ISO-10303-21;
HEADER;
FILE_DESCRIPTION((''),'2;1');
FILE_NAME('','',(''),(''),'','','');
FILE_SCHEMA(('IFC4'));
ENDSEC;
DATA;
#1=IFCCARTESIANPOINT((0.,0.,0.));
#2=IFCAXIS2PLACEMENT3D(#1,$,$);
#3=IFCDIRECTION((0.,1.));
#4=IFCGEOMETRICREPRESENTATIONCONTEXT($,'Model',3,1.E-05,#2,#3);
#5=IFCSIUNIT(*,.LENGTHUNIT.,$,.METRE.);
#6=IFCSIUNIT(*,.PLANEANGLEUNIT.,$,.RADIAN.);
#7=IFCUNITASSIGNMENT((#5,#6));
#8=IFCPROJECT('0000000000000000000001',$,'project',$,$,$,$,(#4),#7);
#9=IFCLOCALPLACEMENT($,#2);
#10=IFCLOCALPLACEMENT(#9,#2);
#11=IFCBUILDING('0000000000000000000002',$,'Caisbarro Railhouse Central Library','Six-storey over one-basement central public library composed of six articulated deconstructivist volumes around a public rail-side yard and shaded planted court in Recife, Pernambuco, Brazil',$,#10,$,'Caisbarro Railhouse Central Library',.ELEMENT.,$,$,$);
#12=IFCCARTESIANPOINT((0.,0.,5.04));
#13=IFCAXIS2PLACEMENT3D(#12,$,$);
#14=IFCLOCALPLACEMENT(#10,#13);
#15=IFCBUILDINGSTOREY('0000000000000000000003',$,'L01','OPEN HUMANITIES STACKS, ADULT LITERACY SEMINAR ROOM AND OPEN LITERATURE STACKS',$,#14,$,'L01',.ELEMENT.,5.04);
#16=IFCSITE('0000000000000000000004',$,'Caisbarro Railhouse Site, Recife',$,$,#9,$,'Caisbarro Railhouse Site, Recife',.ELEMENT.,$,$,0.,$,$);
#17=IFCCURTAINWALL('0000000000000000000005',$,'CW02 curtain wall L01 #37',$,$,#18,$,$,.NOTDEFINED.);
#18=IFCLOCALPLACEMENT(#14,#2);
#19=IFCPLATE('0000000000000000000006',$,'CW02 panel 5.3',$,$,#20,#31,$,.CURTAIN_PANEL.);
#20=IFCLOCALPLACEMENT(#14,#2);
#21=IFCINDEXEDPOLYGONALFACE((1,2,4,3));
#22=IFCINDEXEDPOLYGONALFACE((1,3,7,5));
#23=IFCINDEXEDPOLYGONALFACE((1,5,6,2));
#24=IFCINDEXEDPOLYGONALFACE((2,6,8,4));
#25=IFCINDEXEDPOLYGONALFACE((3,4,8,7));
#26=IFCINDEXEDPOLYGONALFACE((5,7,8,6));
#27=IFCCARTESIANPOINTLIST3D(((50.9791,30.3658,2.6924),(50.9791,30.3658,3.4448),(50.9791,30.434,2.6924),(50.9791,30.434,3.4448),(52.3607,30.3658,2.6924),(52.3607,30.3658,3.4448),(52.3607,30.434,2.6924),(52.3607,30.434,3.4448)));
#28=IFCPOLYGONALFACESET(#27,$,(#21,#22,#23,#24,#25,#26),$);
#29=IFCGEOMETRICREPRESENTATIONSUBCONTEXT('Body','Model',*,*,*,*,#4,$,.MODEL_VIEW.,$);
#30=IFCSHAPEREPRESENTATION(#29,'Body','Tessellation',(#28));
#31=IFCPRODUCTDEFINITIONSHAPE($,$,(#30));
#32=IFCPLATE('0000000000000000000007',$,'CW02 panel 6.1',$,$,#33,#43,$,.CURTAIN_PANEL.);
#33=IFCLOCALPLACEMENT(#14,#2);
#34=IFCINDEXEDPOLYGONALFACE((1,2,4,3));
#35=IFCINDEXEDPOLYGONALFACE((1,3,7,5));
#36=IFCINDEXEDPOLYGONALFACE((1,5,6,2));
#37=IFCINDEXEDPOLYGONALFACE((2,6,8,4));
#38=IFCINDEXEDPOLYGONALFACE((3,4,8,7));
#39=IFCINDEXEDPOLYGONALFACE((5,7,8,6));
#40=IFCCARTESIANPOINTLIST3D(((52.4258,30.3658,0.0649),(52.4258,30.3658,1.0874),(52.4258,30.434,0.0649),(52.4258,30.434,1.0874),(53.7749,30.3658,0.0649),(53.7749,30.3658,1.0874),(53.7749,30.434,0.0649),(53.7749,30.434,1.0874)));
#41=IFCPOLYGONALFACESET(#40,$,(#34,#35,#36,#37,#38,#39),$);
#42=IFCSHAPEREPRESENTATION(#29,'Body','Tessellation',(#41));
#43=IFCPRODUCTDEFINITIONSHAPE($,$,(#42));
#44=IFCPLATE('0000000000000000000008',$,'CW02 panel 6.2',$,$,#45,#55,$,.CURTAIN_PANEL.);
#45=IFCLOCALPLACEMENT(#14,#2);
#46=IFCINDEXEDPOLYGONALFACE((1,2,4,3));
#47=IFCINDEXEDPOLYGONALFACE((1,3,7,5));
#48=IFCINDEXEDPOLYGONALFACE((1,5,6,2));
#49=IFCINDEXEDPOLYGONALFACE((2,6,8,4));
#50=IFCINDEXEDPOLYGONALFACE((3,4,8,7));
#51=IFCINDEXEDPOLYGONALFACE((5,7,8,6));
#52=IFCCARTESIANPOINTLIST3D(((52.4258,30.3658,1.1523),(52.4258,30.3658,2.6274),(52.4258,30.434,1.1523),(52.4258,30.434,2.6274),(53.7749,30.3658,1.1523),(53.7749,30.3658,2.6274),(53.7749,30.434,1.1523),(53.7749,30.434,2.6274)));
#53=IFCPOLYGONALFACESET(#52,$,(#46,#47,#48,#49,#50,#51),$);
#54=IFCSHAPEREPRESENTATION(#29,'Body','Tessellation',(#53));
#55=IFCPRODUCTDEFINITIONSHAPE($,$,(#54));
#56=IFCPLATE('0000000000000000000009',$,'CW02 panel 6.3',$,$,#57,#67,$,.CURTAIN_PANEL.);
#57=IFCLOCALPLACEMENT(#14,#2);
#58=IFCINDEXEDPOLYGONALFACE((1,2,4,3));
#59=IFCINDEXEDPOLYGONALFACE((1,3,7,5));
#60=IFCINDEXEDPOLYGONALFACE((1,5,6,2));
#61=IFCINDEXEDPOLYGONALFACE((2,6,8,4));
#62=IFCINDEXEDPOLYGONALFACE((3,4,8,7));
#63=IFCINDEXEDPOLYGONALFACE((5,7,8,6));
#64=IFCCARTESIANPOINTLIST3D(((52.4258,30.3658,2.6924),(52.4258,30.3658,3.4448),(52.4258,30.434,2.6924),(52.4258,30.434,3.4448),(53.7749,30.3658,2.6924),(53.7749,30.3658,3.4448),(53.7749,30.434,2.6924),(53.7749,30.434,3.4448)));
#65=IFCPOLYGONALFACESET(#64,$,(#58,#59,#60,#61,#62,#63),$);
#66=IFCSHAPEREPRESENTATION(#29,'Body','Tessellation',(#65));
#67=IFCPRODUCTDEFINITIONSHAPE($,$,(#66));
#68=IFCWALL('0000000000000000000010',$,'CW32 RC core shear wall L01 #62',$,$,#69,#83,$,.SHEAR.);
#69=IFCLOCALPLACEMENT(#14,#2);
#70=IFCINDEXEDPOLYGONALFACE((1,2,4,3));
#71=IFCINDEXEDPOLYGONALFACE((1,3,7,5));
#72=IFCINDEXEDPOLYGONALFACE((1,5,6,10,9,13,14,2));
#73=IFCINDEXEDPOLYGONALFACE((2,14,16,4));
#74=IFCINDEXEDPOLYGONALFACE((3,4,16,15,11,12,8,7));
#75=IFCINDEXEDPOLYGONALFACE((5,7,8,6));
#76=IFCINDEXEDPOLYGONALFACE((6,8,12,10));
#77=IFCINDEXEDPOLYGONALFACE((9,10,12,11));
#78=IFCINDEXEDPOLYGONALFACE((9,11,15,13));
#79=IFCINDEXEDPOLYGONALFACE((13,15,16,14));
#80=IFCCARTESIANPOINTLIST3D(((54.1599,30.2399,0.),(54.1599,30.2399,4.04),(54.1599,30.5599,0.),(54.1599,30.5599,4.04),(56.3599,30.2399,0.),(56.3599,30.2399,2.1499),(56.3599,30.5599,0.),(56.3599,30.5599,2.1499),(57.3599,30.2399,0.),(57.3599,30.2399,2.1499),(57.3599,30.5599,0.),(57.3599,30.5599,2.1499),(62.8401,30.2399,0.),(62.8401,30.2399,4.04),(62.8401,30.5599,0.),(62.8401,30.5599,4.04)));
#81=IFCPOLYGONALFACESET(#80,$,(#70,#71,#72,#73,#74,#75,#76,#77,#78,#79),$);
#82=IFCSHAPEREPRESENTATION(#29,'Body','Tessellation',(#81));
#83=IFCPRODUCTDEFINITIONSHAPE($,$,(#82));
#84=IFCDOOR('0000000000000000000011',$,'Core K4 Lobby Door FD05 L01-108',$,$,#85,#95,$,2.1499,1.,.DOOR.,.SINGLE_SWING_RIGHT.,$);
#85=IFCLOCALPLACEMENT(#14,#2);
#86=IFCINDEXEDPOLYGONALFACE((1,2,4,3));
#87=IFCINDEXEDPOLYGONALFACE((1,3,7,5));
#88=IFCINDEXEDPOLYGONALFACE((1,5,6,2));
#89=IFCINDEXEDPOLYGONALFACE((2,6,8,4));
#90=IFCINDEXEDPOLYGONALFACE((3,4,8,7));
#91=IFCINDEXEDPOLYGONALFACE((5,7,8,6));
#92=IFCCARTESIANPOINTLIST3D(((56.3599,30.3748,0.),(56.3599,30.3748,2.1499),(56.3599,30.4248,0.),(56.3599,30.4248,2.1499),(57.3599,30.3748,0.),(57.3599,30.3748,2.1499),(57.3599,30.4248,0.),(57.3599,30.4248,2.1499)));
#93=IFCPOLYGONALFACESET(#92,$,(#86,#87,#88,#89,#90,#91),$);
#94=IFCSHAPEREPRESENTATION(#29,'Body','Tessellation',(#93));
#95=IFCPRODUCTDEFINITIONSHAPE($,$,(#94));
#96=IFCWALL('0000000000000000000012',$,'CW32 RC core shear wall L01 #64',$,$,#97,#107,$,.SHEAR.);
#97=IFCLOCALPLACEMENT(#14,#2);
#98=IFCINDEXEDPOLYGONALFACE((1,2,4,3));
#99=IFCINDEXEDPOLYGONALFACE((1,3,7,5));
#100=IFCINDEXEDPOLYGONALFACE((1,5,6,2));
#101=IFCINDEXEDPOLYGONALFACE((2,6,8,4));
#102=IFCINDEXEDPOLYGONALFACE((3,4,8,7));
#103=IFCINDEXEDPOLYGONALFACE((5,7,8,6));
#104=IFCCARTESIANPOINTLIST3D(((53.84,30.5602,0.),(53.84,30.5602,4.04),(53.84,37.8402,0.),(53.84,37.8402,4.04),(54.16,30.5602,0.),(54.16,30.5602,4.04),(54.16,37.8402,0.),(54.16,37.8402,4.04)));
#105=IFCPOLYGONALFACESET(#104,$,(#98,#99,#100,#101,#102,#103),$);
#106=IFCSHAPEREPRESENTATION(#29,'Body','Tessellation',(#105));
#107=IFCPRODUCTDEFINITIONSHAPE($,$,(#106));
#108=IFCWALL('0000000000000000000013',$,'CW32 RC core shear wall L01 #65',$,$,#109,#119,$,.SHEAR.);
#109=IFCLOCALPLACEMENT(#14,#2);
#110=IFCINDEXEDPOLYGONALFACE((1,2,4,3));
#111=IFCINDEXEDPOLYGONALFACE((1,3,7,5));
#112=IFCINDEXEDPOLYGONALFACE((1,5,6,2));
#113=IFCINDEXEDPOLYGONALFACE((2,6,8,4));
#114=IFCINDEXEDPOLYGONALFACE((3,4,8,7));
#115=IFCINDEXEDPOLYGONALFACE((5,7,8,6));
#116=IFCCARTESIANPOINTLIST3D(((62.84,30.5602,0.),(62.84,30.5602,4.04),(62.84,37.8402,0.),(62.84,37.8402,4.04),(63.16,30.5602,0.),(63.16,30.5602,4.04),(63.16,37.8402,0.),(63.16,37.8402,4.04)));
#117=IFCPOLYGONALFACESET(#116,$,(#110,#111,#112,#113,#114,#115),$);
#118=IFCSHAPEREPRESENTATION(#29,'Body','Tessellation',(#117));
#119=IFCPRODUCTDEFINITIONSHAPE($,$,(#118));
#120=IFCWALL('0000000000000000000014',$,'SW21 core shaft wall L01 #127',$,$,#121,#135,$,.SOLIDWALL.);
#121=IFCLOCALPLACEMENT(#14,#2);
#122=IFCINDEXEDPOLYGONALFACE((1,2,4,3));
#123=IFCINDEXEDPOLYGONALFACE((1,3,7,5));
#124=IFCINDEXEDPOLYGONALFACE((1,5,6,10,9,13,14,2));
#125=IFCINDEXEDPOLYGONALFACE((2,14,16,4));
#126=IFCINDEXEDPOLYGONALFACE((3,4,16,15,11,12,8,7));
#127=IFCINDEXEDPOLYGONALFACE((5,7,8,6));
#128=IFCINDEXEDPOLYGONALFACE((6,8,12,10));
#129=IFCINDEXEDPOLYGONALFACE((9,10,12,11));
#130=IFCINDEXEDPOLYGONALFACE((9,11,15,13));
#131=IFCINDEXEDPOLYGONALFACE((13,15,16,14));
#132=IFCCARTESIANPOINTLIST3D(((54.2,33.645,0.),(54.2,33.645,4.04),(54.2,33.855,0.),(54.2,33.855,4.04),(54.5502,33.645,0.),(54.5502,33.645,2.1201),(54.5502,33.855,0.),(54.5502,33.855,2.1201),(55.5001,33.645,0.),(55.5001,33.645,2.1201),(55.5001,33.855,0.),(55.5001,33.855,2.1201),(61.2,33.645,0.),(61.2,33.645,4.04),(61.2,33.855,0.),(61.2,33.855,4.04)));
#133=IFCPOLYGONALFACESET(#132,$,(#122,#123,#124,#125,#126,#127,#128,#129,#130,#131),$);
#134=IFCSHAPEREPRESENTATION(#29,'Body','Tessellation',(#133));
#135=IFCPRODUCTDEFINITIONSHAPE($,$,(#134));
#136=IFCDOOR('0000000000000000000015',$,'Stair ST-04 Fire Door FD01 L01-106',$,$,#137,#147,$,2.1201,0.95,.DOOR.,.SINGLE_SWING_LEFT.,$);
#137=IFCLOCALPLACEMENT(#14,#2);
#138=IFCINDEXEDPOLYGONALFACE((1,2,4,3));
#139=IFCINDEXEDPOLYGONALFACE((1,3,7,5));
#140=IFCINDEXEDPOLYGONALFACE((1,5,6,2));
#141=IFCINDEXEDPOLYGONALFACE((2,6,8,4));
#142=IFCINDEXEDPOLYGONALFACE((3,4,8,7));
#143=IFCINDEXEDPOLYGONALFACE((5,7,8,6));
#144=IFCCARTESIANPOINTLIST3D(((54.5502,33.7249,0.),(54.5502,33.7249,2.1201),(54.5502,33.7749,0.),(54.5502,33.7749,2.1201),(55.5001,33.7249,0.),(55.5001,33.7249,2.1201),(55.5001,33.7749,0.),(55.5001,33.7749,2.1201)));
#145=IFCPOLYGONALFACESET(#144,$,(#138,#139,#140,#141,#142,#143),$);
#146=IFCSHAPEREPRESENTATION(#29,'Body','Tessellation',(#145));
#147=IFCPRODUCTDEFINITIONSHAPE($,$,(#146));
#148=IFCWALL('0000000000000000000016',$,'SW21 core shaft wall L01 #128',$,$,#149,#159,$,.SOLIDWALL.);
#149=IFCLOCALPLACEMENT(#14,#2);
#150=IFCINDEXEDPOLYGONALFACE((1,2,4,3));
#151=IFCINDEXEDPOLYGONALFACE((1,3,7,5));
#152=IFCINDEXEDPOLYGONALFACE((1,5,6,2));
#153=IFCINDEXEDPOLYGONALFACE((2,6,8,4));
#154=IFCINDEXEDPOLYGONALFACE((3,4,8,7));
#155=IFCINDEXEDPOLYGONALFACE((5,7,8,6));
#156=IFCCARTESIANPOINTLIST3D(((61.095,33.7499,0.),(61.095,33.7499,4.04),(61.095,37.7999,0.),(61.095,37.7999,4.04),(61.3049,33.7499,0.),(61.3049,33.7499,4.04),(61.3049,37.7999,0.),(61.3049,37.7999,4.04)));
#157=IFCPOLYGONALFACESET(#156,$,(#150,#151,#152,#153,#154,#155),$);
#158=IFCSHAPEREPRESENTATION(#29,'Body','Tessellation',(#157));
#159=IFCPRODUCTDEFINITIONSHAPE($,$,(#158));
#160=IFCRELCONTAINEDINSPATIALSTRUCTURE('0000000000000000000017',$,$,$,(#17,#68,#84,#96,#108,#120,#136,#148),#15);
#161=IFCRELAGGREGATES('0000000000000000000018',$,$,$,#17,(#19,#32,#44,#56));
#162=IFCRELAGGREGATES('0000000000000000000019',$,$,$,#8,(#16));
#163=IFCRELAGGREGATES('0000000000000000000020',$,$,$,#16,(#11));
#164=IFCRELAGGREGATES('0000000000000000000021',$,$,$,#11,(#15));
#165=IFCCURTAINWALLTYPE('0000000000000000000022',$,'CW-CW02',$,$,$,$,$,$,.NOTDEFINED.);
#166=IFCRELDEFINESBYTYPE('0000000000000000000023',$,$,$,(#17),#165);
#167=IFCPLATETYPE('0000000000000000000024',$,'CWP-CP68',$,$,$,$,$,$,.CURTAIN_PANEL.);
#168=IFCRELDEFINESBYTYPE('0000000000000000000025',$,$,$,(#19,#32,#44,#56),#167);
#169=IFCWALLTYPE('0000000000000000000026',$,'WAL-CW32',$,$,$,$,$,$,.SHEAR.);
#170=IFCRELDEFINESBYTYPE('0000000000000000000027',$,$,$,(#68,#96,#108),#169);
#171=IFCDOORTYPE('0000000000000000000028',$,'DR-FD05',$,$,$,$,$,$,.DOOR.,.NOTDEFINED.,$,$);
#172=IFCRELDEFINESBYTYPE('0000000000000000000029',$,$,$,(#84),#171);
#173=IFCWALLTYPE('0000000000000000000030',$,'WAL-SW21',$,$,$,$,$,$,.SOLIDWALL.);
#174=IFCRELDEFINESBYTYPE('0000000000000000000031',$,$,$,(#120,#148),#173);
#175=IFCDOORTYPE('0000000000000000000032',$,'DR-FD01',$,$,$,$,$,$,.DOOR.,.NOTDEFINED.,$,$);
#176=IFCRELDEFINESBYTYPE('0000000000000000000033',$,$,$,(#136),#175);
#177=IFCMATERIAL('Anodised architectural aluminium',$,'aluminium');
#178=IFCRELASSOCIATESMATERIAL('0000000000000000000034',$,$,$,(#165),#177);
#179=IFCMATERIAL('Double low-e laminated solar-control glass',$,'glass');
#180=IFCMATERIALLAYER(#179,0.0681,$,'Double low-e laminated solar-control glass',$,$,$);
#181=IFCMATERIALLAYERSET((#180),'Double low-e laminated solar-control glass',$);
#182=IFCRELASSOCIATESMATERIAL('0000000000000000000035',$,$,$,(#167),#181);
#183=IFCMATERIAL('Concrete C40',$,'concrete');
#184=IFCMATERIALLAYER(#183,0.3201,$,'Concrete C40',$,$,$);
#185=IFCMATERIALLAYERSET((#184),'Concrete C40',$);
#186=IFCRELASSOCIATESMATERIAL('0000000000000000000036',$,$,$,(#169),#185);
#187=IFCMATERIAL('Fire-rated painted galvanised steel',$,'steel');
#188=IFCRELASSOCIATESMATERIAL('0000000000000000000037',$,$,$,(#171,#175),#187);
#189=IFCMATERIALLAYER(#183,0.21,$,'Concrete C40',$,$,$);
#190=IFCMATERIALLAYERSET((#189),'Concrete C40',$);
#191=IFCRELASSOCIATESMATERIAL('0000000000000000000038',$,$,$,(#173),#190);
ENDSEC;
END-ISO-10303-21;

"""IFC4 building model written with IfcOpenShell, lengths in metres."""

from ifc_helpers import new_model, si_unit, direction, frame, frame_2d, origin, origin_2d, place, context, subcontext, project, spatial, rectangle, extrude, material, layer, layer_set, type_object, element, fill, aggregate, save


model = new_model("IFC4")

# Units and contexts
model_context = context("Model", 3, precision=1e-05, world=origin(), true_north=direction((0.0, 1.0)))
body_context = subcontext(model_context, "Body", "Model", "MODEL_VIEW")
ifc_project = project(units=[si_unit("LENGTHUNIT", "METRE"), si_unit("PLANEANGLEUNIT", "RADIAN")], contexts=[model_context])

# Site, building, storey
site_placement = place(None, origin())
site = spatial("IfcSite", under=ifc_project, at=site_placement, Name="Caisbarro Railhouse Site, Recife", LongName="Caisbarro Railhouse Site, Recife", CompositionType="ELEMENT", RefElevation=0.0)
building_placement = place(site_placement, origin())
building = spatial("IfcBuilding", under=site, at=building_placement, Name="Caisbarro Railhouse Central Library", Description="Six-storey over one-basement central public library composed of six articulated deconstructivist volumes around a public rail-side yard and shaded planted court in Recife, Pernambuco, Brazil", LongName="Caisbarro Railhouse Central Library", CompositionType="ELEMENT")
storey_placement = place(building_placement, frame((0.0, 0.0, 5.04)))
storey = spatial("IfcBuildingStorey", under=building, at=storey_placement, Name="L01", Description="OPEN HUMANITIES STACKS, ADULT LITERACY SEMINAR ROOM AND OPEN LITERATURE STACKS", LongName="L01", CompositionType="ELEMENT", Elevation=5.04)

# Shared definitions
ifc_material_1 = material(Name="Concrete C40", Category="concrete")

# Curtain wall, plates
ifc_material_2 = material(Name="Anodised architectural aluminium", Category="aluminium")
curtain_wall_type = type_object("IfcCurtainWallType", Name="CW-CW02", PredefinedType="NOTDEFINED", material=ifc_material_2)
curtain_wall_placement = place(storey_placement, origin())
curtain_wall = element("IfcCurtainWall", 1, at=curtain_wall_placement, inside=storey, type_object=curtain_wall_type, Name="CW02 curtain wall L01 #37", PredefinedType="NOTDEFINED")
ifc_material_3 = material(Name="Double low-e laminated solar-control glass", Category="glass")
ifc_layer_1 = layer(ifc_material_3, 0.0681, Name="Double low-e laminated solar-control glass")
ifc_layer_set_1 = layer_set([ifc_layer_1], Name="Double low-e laminated solar-control glass")
plate_type = type_object("IfcPlateType", Name="CWP-CP68", PredefinedType="CURTAIN_PANEL", material=ifc_layer_set_1)
plate_1_placement = place(storey_placement, frame((51.6699, 30.3999, 2.6924), z_axis=(0.0, 0.0, 1.0), x_axis=(1.0, 0.0, 0.0)))
plate_1 = element("IfcPlate", 2, at=plate_1_placement, type_object=plate_type, Name="CW02 panel 5.3", PredefinedType="CURTAIN_PANEL", context=body_context, shape_type="SweptSolid", body=[
    extrude(rectangle(XDim=1.3816, YDim=0.0681, at=origin_2d()), origin(), (0.0, 0.0, 1.0), 0.7524),
])
plate_2_placement = place(storey_placement, frame((53.1003, 30.3999, 0.0649), z_axis=(0.0, 0.0, 1.0), x_axis=(1.0, 0.0, 0.0)))
plate_2 = element("IfcPlate", 3, at=plate_2_placement, type_object=plate_type, Name="CW02 panel 6.1", PredefinedType="CURTAIN_PANEL", context=body_context, shape_type="SweptSolid", body=[
    extrude(rectangle(XDim=1.3491, YDim=0.0681, at=origin_2d()), origin(), (0.0, 0.0, 1.0), 1.0225),
])
plate_3_placement = place(storey_placement, frame((53.1003, 30.3999, 1.1523), z_axis=(0.0, 0.0, 1.0), x_axis=(1.0, 0.0, 0.0)))
plate_3 = element("IfcPlate", 4, at=plate_3_placement, type_object=plate_type, Name="CW02 panel 6.2", PredefinedType="CURTAIN_PANEL", context=body_context, shape_type="SweptSolid", body=[
    extrude(rectangle(XDim=1.3491, YDim=0.0681, at=origin_2d()), origin(), (0.0, 0.0, 1.0), 1.4751),
])
plate_4_placement = place(storey_placement, frame((53.1003, 30.3999, 2.6924), z_axis=(0.0, 0.0, 1.0), x_axis=(1.0, 0.0, 0.0)))
plate_4 = element("IfcPlate", 5, at=plate_4_placement, type_object=plate_type, Name="CW02 panel 6.3", PredefinedType="CURTAIN_PANEL", context=body_context, shape_type="SweptSolid", body=[
    extrude(rectangle(XDim=1.3491, YDim=0.0681, at=origin_2d()), origin(), (0.0, 0.0, 1.0), 0.7524),
])
aggregate(curtain_wall, [plate_1, plate_2, plate_3, plate_4])

# Wall, opening, door
ifc_layer_2 = layer(ifc_material_1, 0.3201, Name="Concrete C40")
ifc_layer_set_2 = layer_set([ifc_layer_2], Name="Concrete C40")
wall_type_1 = type_object("IfcWallType", Name="WAL-CW32", PredefinedType="SHEAR", material=ifc_layer_set_2)
wall_1_placement = place(storey_placement, frame((54.1599, 30.3999, 0.0), z_axis=(0.0, 0.0, 1.0), x_axis=(1.0, 0.0, 0.0)))
wall_1 = element("IfcWall", 6, at=wall_1_placement, inside=storey, type_object=wall_type_1, Name="CW32 RC core shear wall L01 #62", PredefinedType="SHEAR", context=body_context, shape_type="SweptSolid", body=[
    extrude(rectangle(XDim=8.6802, YDim=0.3201, at=frame_2d((4.3401, 0.0))), origin(), (0.0, 0.0, 1.0), 4.04),
])
opening_1_placement = place(wall_1_placement, frame((2.2, 0.0, 0.0)))
opening_1 = element("IfcOpeningElement", 7, at=opening_1_placement, cuts=wall_1, PredefinedType="OPENING", context=body_context, shape_type="SweptSolid", body=[
    extrude(rectangle(XDim=1.0, YDim=2.1499, at=frame_2d((0.5, 1.075))), frame((0.0, 0.1699, 0.0), z_axis=(0.0, -1.0, 0.0), x_axis=(1.0, 0.0, 0.0)), (0.0, 0.0, 1.0), 0.3401),
])
ifc_material_4 = material(Name="Fire-rated painted galvanised steel", Category="steel")
door_type_1 = type_object("IfcDoorType", Name="DR-FD05", OperationType="NOTDEFINED", PredefinedType="DOOR", material=ifc_material_4)
door_1_placement = place(opening_1_placement, origin())
door_1 = element("IfcDoor", 8, at=door_1_placement, inside=storey, type_object=door_type_1, Name="Core K4 Lobby Door FD05 L01-108", OperationType="SINGLE_SWING_RIGHT", OverallHeight=2.1499, OverallWidth=1.0, PredefinedType="DOOR", context=body_context, shape_type="SweptSolid", body=[
    extrude(rectangle(XDim=1.0, YDim=2.1499, at=frame_2d((0.5, 1.075))), frame((0.0, 0.0249, 0.0), z_axis=(0.0, -1.0, 0.0), x_axis=(1.0, 0.0, 0.0)), (0.0, 0.0, 1.0), 0.05),
])
fill(opening_1, door_1)

# Walls
for number, where, z_axis, x_axis, name in (
    (9, (54.0, 30.5601, 0.0), (0.0, 0.0, 1.0), (0.0, 1.0, 0.0), "CW32 RC core shear wall L01 #64"),
    (10, (63.0, 30.5601, 0.0), (0.0, 0.0, 1.0), (0.0, 1.0, 0.0), "CW32 RC core shear wall L01 #65"),
):
    element("IfcWall", number, at=place(storey_placement, frame(where, z_axis=z_axis, x_axis=x_axis)), inside=storey, type_object=wall_type_1, Name=name, PredefinedType="SHEAR", context=body_context, shape_type="SweptSolid", body=[
        extrude(rectangle(XDim=7.28, YDim=0.3201, at=frame_2d((3.6401, 0.0))), origin(), (0.0, 0.0, 1.0), 4.04),
    ])

# Wall, opening, door
ifc_layer_3 = layer(ifc_material_1, 0.21, Name="Concrete C40")
ifc_layer_set_3 = layer_set([ifc_layer_3], Name="Concrete C40")
wall_type_2 = type_object("IfcWallType", Name="WAL-SW21", PredefinedType="SOLIDWALL", material=ifc_layer_set_3)
wall_2_placement = place(storey_placement, frame((54.2, 33.75, 0.0), z_axis=(0.0, 0.0, 1.0), x_axis=(1.0, 0.0, 0.0)))
wall_2 = element("IfcWall", 11, at=wall_2_placement, inside=storey, type_object=wall_type_2, Name="SW21 core shaft wall L01 #127", PredefinedType="SOLIDWALL", context=body_context, shape_type="SweptSolid", body=[
    extrude(rectangle(XDim=7.0, YDim=0.21, at=frame_2d((3.5, 0.0))), origin(), (0.0, 0.0, 1.0), 4.04),
])
opening_2_placement = place(wall_2_placement, frame((0.3501, 0.0, 0.0)))
opening_2 = element("IfcOpeningElement", 12, at=opening_2_placement, cuts=wall_2, PredefinedType="OPENING", context=body_context, shape_type="SweptSolid", body=[
    extrude(rectangle(XDim=0.95, YDim=2.1201, at=frame_2d((0.4751, 1.0601))), frame((0.0, 0.115, 0.0), z_axis=(0.0, -1.0, 0.0), x_axis=(1.0, 0.0, 0.0)), (0.0, 0.0, 1.0), 0.23),
])
door_type_2 = type_object("IfcDoorType", Name="DR-FD01", OperationType="NOTDEFINED", PredefinedType="DOOR", material=ifc_material_4)
door_2_placement = place(opening_2_placement, origin())
door_2 = element("IfcDoor", 13, at=door_2_placement, inside=storey, type_object=door_type_2, Name="Stair ST-04 Fire Door FD01 L01-106", OperationType="SINGLE_SWING_LEFT", OverallHeight=2.1201, OverallWidth=0.95, PredefinedType="DOOR", context=body_context, shape_type="SweptSolid", body=[
    extrude(rectangle(XDim=0.95, YDim=2.1201, at=frame_2d((0.4751, 1.0601))), frame((0.0, 0.0249, 0.0), z_axis=(0.0, -1.0, 0.0), x_axis=(1.0, 0.0, 0.0)), (0.0, 0.0, 1.0), 0.05),
])
fill(opening_2, door_2)

# Wall
wall_3_placement = place(storey_placement, frame((61.2, 33.75, 0.0), z_axis=(0.0, 0.0, 1.0), x_axis=(0.0, 1.0, 0.0)))
element("IfcWall", 14, at=wall_3_placement, inside=storey, type_object=wall_type_2, Name="SW21 core shaft wall L01 #128", PredefinedType="SOLIDWALL", context=body_context, shape_type="SweptSolid", body=[
    extrude(rectangle(XDim=4.05, YDim=0.21, at=frame_2d((2.0249, 0.0))), origin(), (0.0, 0.0, 1.0), 4.04),
])

save(model, "model.ifc")
